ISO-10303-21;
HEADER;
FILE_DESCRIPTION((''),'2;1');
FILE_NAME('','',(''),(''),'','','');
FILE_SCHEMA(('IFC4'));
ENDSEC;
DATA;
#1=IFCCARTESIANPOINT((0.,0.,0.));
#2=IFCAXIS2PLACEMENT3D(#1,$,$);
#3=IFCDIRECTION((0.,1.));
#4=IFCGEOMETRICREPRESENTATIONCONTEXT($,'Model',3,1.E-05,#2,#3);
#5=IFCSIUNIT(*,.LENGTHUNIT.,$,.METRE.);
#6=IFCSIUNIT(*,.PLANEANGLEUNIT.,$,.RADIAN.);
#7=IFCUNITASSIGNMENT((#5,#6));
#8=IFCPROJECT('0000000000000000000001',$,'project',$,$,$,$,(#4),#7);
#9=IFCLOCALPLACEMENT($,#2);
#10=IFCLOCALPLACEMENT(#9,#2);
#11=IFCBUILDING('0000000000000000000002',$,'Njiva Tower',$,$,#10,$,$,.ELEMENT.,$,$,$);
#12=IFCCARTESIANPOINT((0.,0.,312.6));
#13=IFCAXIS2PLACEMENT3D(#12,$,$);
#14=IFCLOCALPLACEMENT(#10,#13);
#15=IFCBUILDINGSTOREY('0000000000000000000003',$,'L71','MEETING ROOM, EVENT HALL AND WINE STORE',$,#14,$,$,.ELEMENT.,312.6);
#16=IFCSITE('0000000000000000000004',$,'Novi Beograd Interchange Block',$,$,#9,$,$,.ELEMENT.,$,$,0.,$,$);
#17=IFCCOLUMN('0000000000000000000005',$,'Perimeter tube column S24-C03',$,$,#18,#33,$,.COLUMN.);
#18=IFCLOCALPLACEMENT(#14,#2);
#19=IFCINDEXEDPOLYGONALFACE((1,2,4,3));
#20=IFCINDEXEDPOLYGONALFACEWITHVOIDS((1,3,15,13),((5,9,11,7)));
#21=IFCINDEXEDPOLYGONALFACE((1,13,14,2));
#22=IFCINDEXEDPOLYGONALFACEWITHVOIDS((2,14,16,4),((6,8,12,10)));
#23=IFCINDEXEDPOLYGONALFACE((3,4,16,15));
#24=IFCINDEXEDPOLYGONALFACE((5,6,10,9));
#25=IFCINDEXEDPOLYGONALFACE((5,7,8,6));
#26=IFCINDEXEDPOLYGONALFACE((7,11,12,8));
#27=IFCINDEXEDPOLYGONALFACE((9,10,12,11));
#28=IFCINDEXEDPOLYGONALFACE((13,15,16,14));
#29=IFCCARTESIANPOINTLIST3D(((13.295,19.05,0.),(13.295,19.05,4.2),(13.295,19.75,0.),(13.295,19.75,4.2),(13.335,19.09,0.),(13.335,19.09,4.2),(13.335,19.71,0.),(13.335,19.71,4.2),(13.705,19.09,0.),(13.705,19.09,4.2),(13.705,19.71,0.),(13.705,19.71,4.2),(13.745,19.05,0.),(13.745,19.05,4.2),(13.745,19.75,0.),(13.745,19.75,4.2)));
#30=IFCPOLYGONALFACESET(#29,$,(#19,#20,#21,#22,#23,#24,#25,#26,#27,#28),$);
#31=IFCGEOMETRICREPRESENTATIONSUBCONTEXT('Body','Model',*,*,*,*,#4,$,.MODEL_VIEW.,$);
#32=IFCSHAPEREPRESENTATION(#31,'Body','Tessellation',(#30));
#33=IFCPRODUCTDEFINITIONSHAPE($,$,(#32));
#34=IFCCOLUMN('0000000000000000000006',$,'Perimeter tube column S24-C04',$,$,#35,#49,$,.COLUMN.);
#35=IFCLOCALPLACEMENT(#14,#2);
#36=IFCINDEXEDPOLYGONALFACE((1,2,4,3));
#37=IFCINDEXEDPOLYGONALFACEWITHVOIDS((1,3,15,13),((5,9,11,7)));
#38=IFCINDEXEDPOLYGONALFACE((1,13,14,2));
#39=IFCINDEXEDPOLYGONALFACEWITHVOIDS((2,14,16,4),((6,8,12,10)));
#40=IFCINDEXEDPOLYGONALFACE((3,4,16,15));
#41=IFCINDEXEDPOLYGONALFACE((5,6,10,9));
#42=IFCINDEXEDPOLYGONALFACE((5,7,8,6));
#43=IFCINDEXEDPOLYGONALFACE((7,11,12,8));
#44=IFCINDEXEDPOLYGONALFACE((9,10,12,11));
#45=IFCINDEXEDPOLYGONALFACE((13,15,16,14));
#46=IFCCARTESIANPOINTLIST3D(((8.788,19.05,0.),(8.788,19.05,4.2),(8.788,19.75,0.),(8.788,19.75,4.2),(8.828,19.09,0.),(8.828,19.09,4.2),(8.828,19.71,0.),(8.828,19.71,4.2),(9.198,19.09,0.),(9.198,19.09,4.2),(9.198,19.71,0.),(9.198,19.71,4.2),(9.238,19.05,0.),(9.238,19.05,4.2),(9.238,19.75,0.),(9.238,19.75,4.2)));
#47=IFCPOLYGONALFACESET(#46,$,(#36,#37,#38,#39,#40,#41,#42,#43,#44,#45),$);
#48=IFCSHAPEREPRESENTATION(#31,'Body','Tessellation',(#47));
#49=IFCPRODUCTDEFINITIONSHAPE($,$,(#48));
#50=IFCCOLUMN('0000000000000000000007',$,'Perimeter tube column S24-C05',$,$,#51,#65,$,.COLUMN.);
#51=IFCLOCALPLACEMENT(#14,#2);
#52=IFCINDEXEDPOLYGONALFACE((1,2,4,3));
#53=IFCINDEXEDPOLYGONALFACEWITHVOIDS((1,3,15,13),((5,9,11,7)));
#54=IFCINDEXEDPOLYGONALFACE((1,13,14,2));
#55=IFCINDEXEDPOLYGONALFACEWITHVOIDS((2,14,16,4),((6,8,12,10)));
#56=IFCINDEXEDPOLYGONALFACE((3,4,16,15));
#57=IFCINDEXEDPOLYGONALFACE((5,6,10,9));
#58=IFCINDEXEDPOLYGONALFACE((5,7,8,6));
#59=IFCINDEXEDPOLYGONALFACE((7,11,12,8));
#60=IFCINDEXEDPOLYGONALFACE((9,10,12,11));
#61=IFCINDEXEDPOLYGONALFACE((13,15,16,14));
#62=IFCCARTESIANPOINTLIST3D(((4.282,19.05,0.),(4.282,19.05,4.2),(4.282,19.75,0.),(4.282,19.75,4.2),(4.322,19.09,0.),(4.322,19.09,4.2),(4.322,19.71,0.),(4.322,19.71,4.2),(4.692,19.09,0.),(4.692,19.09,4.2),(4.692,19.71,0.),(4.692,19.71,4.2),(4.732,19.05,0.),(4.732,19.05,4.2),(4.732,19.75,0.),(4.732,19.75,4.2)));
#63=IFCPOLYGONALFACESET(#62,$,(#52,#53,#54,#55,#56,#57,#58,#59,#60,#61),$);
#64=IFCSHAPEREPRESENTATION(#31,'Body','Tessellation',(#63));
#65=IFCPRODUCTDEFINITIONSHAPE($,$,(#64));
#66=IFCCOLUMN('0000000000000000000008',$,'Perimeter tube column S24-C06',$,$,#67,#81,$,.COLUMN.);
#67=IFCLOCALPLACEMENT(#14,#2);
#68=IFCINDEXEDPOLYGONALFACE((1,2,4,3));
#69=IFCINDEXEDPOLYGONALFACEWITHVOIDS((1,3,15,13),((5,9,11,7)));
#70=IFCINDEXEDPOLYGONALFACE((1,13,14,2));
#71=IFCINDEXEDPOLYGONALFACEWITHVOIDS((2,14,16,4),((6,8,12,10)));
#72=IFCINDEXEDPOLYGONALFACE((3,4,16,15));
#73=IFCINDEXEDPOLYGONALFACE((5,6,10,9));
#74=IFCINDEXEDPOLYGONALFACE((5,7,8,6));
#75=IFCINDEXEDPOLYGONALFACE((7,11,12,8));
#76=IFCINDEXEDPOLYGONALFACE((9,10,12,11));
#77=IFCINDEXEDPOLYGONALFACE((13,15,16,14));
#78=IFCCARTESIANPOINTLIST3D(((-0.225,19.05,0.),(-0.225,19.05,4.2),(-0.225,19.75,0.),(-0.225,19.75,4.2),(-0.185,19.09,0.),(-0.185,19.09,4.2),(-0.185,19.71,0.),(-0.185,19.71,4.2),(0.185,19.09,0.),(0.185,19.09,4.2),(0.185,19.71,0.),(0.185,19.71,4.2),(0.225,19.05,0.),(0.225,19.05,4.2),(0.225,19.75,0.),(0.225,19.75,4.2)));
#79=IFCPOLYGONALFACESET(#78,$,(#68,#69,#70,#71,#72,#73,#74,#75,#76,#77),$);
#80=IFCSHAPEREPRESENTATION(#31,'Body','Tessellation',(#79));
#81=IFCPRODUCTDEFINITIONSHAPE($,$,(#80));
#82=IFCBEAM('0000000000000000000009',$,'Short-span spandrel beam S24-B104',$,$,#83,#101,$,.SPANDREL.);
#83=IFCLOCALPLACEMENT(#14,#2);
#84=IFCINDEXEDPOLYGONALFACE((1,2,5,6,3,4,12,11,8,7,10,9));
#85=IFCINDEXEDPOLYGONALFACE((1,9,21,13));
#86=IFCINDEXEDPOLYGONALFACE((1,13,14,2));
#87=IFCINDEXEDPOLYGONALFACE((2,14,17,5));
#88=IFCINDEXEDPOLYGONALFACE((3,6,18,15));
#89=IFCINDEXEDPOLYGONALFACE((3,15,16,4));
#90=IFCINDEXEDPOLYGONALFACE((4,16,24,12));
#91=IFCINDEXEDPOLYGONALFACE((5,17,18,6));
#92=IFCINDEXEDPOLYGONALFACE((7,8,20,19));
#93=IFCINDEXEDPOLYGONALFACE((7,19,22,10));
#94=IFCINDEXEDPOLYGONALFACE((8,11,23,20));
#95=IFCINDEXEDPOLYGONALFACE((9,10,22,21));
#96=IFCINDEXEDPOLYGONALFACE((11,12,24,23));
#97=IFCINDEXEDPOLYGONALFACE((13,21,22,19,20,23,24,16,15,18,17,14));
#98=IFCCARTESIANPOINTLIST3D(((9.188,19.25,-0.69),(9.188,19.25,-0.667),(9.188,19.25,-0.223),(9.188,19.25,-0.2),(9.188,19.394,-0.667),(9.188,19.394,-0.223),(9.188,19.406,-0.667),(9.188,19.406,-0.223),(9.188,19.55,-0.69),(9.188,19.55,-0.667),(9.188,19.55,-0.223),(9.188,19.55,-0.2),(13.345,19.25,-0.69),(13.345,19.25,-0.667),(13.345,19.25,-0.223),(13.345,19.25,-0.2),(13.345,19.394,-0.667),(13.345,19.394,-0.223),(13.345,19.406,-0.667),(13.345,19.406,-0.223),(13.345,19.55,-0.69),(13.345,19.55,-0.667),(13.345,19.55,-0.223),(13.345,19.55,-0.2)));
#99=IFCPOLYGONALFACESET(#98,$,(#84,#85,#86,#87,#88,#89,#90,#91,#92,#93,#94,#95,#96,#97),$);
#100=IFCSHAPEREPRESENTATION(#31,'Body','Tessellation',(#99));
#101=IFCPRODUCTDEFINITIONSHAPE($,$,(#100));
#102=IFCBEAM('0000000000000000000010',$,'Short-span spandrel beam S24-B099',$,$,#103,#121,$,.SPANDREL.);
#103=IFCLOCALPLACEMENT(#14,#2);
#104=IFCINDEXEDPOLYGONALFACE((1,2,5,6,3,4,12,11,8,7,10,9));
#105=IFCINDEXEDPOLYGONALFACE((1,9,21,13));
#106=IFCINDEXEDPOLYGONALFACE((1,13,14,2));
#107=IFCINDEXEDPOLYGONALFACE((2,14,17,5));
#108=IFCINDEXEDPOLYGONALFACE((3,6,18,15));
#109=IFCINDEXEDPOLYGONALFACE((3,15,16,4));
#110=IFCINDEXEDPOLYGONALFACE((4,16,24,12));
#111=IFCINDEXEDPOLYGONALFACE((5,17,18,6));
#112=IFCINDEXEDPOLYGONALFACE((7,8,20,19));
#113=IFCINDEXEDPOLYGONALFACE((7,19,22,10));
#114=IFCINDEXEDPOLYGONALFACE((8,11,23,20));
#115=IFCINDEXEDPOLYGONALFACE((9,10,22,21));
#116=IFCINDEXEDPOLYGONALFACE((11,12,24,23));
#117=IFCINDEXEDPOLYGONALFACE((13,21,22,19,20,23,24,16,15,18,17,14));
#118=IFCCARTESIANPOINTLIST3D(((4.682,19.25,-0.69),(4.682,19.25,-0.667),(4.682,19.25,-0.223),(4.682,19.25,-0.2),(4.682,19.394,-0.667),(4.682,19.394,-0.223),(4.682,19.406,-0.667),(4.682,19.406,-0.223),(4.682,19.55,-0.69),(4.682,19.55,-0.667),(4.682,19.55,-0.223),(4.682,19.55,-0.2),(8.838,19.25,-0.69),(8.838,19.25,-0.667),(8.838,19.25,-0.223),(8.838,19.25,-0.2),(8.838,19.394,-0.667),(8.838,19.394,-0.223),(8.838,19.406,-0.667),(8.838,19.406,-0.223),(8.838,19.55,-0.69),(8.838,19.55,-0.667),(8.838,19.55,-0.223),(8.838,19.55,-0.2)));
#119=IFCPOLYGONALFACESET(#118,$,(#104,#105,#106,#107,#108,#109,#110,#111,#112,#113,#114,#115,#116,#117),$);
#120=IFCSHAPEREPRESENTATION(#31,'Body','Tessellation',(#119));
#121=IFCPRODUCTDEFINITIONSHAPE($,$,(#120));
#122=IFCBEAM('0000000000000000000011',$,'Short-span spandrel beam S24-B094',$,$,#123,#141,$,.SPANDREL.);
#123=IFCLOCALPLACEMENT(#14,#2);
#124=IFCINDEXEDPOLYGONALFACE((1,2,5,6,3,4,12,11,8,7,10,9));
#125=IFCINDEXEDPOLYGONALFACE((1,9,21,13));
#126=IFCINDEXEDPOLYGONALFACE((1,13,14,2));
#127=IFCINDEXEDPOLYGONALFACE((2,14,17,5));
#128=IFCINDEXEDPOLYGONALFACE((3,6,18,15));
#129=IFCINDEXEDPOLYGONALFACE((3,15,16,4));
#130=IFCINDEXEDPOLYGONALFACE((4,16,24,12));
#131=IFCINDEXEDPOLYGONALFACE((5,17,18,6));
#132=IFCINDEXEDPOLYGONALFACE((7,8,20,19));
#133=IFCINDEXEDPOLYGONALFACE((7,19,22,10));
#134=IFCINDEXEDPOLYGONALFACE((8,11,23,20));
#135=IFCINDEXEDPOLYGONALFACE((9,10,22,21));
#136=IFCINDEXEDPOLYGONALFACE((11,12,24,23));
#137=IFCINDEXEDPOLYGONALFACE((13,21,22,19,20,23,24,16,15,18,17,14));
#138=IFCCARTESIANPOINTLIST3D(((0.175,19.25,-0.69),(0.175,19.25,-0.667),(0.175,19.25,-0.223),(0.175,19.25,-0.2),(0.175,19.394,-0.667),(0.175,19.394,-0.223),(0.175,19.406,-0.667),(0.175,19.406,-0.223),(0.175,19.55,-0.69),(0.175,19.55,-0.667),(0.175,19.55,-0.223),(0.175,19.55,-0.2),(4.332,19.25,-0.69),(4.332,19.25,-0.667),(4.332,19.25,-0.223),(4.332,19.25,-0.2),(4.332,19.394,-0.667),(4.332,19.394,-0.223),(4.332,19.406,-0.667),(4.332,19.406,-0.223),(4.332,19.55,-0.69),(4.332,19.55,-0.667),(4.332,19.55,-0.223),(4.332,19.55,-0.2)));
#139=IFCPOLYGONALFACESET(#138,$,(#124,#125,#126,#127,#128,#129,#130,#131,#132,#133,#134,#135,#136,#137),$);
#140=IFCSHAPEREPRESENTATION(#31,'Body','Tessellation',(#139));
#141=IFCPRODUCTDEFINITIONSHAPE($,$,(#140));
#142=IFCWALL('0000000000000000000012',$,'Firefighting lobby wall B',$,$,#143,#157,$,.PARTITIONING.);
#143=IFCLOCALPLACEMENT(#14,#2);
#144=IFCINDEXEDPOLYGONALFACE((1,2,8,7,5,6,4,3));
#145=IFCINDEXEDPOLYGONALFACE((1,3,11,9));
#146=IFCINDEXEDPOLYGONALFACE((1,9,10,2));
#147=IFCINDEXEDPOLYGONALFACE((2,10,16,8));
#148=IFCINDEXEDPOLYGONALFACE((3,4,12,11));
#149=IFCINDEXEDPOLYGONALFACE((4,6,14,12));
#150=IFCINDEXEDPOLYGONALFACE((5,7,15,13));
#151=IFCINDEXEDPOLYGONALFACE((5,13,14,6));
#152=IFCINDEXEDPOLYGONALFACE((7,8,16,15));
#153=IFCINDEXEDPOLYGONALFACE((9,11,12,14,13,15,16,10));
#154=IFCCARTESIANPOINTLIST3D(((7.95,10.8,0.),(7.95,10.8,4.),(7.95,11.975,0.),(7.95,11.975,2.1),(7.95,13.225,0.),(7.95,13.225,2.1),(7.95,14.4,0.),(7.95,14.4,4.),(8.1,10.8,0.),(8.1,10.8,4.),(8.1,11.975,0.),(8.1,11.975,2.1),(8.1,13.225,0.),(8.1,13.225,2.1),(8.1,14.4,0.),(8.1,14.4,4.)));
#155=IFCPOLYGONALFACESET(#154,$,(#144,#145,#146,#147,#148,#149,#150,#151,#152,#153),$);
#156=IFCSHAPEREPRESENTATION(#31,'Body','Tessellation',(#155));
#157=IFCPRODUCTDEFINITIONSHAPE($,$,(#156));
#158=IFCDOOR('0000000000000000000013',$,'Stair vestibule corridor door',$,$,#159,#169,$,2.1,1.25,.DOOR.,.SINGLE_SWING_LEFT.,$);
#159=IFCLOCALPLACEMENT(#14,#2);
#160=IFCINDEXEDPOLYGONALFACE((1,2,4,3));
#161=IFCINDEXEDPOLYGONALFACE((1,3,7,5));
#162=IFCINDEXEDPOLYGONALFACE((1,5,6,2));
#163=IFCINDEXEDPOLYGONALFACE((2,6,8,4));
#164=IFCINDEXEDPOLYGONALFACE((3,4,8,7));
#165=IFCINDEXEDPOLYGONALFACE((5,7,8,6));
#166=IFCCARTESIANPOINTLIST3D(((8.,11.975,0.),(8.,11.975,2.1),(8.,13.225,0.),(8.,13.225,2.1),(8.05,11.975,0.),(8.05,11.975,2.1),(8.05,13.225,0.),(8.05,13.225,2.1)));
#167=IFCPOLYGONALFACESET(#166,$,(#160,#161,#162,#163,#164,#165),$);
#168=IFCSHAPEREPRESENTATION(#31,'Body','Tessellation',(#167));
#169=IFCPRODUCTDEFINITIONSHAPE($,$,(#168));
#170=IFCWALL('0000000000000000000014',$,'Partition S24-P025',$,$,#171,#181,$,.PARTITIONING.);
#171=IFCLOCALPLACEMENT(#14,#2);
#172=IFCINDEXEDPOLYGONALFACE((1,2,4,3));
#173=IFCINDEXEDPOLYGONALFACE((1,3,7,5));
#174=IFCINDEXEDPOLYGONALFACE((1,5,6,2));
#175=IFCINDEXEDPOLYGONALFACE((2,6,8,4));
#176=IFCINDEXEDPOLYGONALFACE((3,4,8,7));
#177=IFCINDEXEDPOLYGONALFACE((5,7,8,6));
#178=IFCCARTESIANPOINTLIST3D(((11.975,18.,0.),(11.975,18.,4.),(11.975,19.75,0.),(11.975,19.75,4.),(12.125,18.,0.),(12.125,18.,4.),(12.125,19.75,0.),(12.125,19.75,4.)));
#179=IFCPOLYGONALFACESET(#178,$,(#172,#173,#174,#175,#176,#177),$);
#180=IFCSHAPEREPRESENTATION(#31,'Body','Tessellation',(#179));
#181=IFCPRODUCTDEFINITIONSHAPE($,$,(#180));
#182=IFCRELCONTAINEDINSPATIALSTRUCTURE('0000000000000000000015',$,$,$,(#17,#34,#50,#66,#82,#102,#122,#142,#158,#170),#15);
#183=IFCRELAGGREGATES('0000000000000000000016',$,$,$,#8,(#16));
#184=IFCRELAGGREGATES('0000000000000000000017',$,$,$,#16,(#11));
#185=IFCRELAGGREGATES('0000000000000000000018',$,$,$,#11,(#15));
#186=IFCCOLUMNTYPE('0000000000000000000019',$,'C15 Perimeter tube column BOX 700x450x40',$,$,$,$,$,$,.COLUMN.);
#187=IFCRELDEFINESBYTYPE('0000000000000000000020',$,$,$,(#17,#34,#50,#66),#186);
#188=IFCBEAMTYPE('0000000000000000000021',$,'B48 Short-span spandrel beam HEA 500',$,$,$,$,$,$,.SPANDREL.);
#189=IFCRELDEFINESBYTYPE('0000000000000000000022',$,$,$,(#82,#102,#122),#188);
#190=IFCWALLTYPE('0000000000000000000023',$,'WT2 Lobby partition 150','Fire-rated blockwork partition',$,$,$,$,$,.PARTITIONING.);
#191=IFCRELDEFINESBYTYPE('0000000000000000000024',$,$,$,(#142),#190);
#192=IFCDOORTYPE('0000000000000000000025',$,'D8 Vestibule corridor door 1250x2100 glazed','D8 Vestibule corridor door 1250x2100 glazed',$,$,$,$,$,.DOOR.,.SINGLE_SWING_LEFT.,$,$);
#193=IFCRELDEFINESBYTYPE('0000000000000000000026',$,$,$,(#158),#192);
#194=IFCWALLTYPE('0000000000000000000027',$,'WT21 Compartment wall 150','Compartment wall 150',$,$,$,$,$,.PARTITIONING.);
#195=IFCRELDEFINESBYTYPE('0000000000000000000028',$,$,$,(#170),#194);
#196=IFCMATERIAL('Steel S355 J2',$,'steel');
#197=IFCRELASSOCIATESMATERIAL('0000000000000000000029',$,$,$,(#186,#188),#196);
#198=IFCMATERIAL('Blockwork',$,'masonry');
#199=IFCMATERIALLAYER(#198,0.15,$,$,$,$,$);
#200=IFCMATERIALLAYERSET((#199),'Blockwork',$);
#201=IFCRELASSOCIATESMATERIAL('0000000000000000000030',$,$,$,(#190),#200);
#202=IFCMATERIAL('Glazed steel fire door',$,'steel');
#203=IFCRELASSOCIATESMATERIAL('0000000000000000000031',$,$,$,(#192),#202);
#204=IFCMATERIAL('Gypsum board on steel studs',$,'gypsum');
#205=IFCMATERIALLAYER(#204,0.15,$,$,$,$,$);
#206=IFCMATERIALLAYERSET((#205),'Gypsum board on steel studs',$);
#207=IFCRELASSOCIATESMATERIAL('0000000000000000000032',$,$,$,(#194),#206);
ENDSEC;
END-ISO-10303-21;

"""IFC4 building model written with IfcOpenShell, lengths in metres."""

from ifc_helpers import new_model, si_unit, direction, frame, frame_2d, origin, origin_2d, place, context, subcontext, project, spatial, rectangle, hollow_rectangle, i_section, extrude, material, layer, layer_set, material_profile, profile_set, type_object, element, fill, save


model = new_model("IFC4")

# Units and contexts
model_context = context("Model", 3, precision=1e-05, world=origin(), true_north=direction((0.0, 1.0)))
body_context = subcontext(model_context, "Body", "Model", "MODEL_VIEW")
ifc_project = project(units=[si_unit("LENGTHUNIT", "METRE"), si_unit("PLANEANGLEUNIT", "RADIAN")], contexts=[model_context])

# Site, building, storey
site_placement = place(None, origin())
site = spatial("IfcSite", under=ifc_project, at=site_placement, Name="Novi Beograd Interchange Block", CompositionType="ELEMENT", RefElevation=0.0)
building_placement = place(site_placement, origin())
building = spatial("IfcBuilding", under=site, at=building_placement, Name="Njiva Tower", CompositionType="ELEMENT")
storey_placement = place(building_placement, frame((0.0, 0.0, 312.6)))
storey = spatial("IfcBuildingStorey", under=building, at=storey_placement, Name="L71", Description="MEETING ROOM, EVENT HALL AND WINE STORE", CompositionType="ELEMENT", Elevation=312.6)

# Columns
ifc_material_1 = material(Name="Steel S355 J2", Category="steel")
ifc_material_profile_1 = material_profile(ifc_material_1, hollow_rectangle(XDim=0.45, YDim=0.7, WallThickness=0.04, at=origin_2d()), Name="BOX 700x450x40")
ifc_profile_set_1 = profile_set([ifc_material_profile_1], Name="Steel S355 J2")
column_type = type_object("IfcColumnType", Name="C15 Perimeter tube column BOX 700x450x40", PredefinedType="COLUMN", material=ifc_profile_set_1)
for number, where, z_axis, x_axis, name in (
    (1, (13.52, 19.4, 0.0), (0.0, 0.0, 1.0), (-1.0, 0.0, 0.0), "Perimeter tube column S24-C03"),
    (2, (9.013, 19.4, 0.0), (0.0, 0.0, 1.0), (-1.0, 0.0, 0.0), "Perimeter tube column S24-C04"),
    (3, (4.507, 19.4, 0.0), (0.0, 0.0, 1.0), (-1.0, 0.0, 0.0), "Perimeter tube column S24-C05"),
    (4, (0.0, 19.4, 0.0), (0.0, 0.0, 1.0), (-1.0, 0.0, 0.0), "Perimeter tube column S24-C06"),
):
    element("IfcColumn", number, at=place(storey_placement, frame(where, z_axis=z_axis, x_axis=x_axis)), inside=storey, type_object=column_type, Name=name, PredefinedType="COLUMN", context=body_context, shape_type="SweptSolid", body=[
        extrude(hollow_rectangle(XDim=0.45, YDim=0.7, WallThickness=0.04, at=origin_2d()), origin(), (0.0, 0.0, 1.0), 4.2),
    ])

# Beams
ifc_material_profile_2 = material_profile(ifc_material_1, i_section(OverallWidth=0.3, OverallDepth=0.49, WebThickness=0.012, FlangeThickness=0.023, at=origin_2d()), Name="HEA 500")
ifc_profile_set_2 = profile_set([ifc_material_profile_2], Name="Steel S355 J2")
beam_type = type_object("IfcBeamType", Name="B48 Short-span spandrel beam HEA 500", PredefinedType="SPANDREL", material=ifc_profile_set_2)
beam_1_placement = place(storey_placement, frame((13.345, 19.4, -0.445), z_axis=(-1.0, 0.0, 0.0), x_axis=(0.0, -1.0, 0.0)))
element("IfcBeam", 5, at=beam_1_placement, inside=storey, type_object=beam_type, Name="Short-span spandrel beam S24-B104", PredefinedType="SPANDREL", context=body_context, shape_type="SweptSolid", body=[
    extrude(i_section(OverallWidth=0.3, OverallDepth=0.49, WebThickness=0.012, FlangeThickness=0.023, at=origin_2d()), origin(), (0.0, 0.0, 1.0), 4.157),
])
beam_2_placement = place(storey_placement, frame((8.838, 19.4, -0.445), z_axis=(-1.0, 0.0, 0.0), x_axis=(0.0, -1.0, 0.0)))
element("IfcBeam", 6, at=beam_2_placement, inside=storey, type_object=beam_type, Name="Short-span spandrel beam S24-B099", PredefinedType="SPANDREL", context=body_context, shape_type="SweptSolid", body=[
    extrude(i_section(OverallWidth=0.3, OverallDepth=0.49, WebThickness=0.012, FlangeThickness=0.023, at=origin_2d()), origin(), (0.0, 0.0, 1.0), 4.156),
])
beam_3_placement = place(storey_placement, frame((4.332, 19.4, -0.445), z_axis=(-1.0, 0.0, 0.0), x_axis=(0.0, -1.0, 0.0)))
element("IfcBeam", 7, at=beam_3_placement, inside=storey, type_object=beam_type, Name="Short-span spandrel beam S24-B094", PredefinedType="SPANDREL", context=body_context, shape_type="SweptSolid", body=[
    extrude(i_section(OverallWidth=0.3, OverallDepth=0.49, WebThickness=0.012, FlangeThickness=0.023, at=origin_2d()), origin(), (0.0, 0.0, 1.0), 4.157),
])

# Wall, opening, door
ifc_material_2 = material(Name="Blockwork", Category="masonry")
ifc_layer_1 = layer(ifc_material_2, 0.15)
ifc_layer_set_1 = layer_set([ifc_layer_1], Name="Blockwork")
wall_type_1 = type_object("IfcWallType", Name="WT2 Lobby partition 150", Description="Fire-rated blockwork partition", PredefinedType="PARTITIONING", material=ifc_layer_set_1)
wall_1_placement = place(storey_placement, frame((8.025, 10.8, 0.0), z_axis=(0.0, 0.0, 1.0), x_axis=(0.0, 1.0, 0.0)))
wall_1 = element("IfcWall", 8, at=wall_1_placement, inside=storey, type_object=wall_type_1, Name="Firefighting lobby wall B", PredefinedType="PARTITIONING", context=body_context, shape_type="SweptSolid", body=[
    extrude(rectangle(XDim=3.6, YDim=0.15, at=frame_2d((1.8, 0.0))), origin(), (0.0, 0.0, 1.0), 4.0),
])
opening_1_placement = place(wall_1_placement, frame((1.175, 0.0, 0.0)))
opening_1 = element("IfcOpeningElement", 9, at=opening_1_placement, cuts=wall_1, PredefinedType="OPENING", context=body_context, shape_type="SweptSolid", body=[
    extrude(rectangle(XDim=1.25, YDim=2.1, at=frame_2d((0.625, 1.05))), frame((0.0, 0.085, 0.0), z_axis=(0.0, -1.0, 0.0), x_axis=(1.0, 0.0, 0.0)), (0.0, 0.0, 1.0), 0.17),
])
ifc_material_3 = material(Name="Glazed steel fire door", Category="steel")
door_type_1 = type_object("IfcDoorType", Name="D8 Vestibule corridor door 1250x2100 glazed", Description="D8 Vestibule corridor door 1250x2100 glazed", OperationType="SINGLE_SWING_LEFT", PredefinedType="DOOR", material=ifc_material_3)
door_1_placement = place(opening_1_placement, origin())
door_1 = element("IfcDoor", 10, at=door_1_placement, inside=storey, type_object=door_type_1, Name="Stair vestibule corridor door", OperationType="SINGLE_SWING_LEFT", OverallHeight=2.1, OverallWidth=1.25, PredefinedType="DOOR", context=body_context, shape_type="SweptSolid", body=[
    extrude(rectangle(XDim=1.25, YDim=2.1, at=frame_2d((0.625, 1.05))), frame((0.0, 0.025, 0.0), z_axis=(0.0, -1.0, 0.0), x_axis=(1.0, 0.0, 0.0)), (0.0, 0.0, 1.0), 0.05),
])
fill(opening_1, door_1)

# Wall
ifc_material_4 = material(Name="Gypsum board on steel studs", Category="gypsum")
ifc_layer_2 = layer(ifc_material_4, 0.15)
ifc_layer_set_2 = layer_set([ifc_layer_2], Name="Gypsum board on steel studs")
wall_type_2 = type_object("IfcWallType", Name="WT21 Compartment wall 150", Description="Compartment wall 150", PredefinedType="PARTITIONING", material=ifc_layer_set_2)
wall_2_placement = place(storey_placement, frame((12.05, 18.0, 0.0), z_axis=(0.0, 0.0, 1.0), x_axis=(0.0, 1.0, 0.0)))
element("IfcWall", 11, at=wall_2_placement, inside=storey, type_object=wall_type_2, Name="Partition S24-P025", PredefinedType="PARTITIONING", context=body_context, shape_type="SweptSolid", body=[
    extrude(rectangle(XDim=1.75, YDim=0.15, at=frame_2d((0.875, 0.0))), origin(), (0.0, 0.0, 1.0), 4.0),
])

save(model, "model.ifc")
